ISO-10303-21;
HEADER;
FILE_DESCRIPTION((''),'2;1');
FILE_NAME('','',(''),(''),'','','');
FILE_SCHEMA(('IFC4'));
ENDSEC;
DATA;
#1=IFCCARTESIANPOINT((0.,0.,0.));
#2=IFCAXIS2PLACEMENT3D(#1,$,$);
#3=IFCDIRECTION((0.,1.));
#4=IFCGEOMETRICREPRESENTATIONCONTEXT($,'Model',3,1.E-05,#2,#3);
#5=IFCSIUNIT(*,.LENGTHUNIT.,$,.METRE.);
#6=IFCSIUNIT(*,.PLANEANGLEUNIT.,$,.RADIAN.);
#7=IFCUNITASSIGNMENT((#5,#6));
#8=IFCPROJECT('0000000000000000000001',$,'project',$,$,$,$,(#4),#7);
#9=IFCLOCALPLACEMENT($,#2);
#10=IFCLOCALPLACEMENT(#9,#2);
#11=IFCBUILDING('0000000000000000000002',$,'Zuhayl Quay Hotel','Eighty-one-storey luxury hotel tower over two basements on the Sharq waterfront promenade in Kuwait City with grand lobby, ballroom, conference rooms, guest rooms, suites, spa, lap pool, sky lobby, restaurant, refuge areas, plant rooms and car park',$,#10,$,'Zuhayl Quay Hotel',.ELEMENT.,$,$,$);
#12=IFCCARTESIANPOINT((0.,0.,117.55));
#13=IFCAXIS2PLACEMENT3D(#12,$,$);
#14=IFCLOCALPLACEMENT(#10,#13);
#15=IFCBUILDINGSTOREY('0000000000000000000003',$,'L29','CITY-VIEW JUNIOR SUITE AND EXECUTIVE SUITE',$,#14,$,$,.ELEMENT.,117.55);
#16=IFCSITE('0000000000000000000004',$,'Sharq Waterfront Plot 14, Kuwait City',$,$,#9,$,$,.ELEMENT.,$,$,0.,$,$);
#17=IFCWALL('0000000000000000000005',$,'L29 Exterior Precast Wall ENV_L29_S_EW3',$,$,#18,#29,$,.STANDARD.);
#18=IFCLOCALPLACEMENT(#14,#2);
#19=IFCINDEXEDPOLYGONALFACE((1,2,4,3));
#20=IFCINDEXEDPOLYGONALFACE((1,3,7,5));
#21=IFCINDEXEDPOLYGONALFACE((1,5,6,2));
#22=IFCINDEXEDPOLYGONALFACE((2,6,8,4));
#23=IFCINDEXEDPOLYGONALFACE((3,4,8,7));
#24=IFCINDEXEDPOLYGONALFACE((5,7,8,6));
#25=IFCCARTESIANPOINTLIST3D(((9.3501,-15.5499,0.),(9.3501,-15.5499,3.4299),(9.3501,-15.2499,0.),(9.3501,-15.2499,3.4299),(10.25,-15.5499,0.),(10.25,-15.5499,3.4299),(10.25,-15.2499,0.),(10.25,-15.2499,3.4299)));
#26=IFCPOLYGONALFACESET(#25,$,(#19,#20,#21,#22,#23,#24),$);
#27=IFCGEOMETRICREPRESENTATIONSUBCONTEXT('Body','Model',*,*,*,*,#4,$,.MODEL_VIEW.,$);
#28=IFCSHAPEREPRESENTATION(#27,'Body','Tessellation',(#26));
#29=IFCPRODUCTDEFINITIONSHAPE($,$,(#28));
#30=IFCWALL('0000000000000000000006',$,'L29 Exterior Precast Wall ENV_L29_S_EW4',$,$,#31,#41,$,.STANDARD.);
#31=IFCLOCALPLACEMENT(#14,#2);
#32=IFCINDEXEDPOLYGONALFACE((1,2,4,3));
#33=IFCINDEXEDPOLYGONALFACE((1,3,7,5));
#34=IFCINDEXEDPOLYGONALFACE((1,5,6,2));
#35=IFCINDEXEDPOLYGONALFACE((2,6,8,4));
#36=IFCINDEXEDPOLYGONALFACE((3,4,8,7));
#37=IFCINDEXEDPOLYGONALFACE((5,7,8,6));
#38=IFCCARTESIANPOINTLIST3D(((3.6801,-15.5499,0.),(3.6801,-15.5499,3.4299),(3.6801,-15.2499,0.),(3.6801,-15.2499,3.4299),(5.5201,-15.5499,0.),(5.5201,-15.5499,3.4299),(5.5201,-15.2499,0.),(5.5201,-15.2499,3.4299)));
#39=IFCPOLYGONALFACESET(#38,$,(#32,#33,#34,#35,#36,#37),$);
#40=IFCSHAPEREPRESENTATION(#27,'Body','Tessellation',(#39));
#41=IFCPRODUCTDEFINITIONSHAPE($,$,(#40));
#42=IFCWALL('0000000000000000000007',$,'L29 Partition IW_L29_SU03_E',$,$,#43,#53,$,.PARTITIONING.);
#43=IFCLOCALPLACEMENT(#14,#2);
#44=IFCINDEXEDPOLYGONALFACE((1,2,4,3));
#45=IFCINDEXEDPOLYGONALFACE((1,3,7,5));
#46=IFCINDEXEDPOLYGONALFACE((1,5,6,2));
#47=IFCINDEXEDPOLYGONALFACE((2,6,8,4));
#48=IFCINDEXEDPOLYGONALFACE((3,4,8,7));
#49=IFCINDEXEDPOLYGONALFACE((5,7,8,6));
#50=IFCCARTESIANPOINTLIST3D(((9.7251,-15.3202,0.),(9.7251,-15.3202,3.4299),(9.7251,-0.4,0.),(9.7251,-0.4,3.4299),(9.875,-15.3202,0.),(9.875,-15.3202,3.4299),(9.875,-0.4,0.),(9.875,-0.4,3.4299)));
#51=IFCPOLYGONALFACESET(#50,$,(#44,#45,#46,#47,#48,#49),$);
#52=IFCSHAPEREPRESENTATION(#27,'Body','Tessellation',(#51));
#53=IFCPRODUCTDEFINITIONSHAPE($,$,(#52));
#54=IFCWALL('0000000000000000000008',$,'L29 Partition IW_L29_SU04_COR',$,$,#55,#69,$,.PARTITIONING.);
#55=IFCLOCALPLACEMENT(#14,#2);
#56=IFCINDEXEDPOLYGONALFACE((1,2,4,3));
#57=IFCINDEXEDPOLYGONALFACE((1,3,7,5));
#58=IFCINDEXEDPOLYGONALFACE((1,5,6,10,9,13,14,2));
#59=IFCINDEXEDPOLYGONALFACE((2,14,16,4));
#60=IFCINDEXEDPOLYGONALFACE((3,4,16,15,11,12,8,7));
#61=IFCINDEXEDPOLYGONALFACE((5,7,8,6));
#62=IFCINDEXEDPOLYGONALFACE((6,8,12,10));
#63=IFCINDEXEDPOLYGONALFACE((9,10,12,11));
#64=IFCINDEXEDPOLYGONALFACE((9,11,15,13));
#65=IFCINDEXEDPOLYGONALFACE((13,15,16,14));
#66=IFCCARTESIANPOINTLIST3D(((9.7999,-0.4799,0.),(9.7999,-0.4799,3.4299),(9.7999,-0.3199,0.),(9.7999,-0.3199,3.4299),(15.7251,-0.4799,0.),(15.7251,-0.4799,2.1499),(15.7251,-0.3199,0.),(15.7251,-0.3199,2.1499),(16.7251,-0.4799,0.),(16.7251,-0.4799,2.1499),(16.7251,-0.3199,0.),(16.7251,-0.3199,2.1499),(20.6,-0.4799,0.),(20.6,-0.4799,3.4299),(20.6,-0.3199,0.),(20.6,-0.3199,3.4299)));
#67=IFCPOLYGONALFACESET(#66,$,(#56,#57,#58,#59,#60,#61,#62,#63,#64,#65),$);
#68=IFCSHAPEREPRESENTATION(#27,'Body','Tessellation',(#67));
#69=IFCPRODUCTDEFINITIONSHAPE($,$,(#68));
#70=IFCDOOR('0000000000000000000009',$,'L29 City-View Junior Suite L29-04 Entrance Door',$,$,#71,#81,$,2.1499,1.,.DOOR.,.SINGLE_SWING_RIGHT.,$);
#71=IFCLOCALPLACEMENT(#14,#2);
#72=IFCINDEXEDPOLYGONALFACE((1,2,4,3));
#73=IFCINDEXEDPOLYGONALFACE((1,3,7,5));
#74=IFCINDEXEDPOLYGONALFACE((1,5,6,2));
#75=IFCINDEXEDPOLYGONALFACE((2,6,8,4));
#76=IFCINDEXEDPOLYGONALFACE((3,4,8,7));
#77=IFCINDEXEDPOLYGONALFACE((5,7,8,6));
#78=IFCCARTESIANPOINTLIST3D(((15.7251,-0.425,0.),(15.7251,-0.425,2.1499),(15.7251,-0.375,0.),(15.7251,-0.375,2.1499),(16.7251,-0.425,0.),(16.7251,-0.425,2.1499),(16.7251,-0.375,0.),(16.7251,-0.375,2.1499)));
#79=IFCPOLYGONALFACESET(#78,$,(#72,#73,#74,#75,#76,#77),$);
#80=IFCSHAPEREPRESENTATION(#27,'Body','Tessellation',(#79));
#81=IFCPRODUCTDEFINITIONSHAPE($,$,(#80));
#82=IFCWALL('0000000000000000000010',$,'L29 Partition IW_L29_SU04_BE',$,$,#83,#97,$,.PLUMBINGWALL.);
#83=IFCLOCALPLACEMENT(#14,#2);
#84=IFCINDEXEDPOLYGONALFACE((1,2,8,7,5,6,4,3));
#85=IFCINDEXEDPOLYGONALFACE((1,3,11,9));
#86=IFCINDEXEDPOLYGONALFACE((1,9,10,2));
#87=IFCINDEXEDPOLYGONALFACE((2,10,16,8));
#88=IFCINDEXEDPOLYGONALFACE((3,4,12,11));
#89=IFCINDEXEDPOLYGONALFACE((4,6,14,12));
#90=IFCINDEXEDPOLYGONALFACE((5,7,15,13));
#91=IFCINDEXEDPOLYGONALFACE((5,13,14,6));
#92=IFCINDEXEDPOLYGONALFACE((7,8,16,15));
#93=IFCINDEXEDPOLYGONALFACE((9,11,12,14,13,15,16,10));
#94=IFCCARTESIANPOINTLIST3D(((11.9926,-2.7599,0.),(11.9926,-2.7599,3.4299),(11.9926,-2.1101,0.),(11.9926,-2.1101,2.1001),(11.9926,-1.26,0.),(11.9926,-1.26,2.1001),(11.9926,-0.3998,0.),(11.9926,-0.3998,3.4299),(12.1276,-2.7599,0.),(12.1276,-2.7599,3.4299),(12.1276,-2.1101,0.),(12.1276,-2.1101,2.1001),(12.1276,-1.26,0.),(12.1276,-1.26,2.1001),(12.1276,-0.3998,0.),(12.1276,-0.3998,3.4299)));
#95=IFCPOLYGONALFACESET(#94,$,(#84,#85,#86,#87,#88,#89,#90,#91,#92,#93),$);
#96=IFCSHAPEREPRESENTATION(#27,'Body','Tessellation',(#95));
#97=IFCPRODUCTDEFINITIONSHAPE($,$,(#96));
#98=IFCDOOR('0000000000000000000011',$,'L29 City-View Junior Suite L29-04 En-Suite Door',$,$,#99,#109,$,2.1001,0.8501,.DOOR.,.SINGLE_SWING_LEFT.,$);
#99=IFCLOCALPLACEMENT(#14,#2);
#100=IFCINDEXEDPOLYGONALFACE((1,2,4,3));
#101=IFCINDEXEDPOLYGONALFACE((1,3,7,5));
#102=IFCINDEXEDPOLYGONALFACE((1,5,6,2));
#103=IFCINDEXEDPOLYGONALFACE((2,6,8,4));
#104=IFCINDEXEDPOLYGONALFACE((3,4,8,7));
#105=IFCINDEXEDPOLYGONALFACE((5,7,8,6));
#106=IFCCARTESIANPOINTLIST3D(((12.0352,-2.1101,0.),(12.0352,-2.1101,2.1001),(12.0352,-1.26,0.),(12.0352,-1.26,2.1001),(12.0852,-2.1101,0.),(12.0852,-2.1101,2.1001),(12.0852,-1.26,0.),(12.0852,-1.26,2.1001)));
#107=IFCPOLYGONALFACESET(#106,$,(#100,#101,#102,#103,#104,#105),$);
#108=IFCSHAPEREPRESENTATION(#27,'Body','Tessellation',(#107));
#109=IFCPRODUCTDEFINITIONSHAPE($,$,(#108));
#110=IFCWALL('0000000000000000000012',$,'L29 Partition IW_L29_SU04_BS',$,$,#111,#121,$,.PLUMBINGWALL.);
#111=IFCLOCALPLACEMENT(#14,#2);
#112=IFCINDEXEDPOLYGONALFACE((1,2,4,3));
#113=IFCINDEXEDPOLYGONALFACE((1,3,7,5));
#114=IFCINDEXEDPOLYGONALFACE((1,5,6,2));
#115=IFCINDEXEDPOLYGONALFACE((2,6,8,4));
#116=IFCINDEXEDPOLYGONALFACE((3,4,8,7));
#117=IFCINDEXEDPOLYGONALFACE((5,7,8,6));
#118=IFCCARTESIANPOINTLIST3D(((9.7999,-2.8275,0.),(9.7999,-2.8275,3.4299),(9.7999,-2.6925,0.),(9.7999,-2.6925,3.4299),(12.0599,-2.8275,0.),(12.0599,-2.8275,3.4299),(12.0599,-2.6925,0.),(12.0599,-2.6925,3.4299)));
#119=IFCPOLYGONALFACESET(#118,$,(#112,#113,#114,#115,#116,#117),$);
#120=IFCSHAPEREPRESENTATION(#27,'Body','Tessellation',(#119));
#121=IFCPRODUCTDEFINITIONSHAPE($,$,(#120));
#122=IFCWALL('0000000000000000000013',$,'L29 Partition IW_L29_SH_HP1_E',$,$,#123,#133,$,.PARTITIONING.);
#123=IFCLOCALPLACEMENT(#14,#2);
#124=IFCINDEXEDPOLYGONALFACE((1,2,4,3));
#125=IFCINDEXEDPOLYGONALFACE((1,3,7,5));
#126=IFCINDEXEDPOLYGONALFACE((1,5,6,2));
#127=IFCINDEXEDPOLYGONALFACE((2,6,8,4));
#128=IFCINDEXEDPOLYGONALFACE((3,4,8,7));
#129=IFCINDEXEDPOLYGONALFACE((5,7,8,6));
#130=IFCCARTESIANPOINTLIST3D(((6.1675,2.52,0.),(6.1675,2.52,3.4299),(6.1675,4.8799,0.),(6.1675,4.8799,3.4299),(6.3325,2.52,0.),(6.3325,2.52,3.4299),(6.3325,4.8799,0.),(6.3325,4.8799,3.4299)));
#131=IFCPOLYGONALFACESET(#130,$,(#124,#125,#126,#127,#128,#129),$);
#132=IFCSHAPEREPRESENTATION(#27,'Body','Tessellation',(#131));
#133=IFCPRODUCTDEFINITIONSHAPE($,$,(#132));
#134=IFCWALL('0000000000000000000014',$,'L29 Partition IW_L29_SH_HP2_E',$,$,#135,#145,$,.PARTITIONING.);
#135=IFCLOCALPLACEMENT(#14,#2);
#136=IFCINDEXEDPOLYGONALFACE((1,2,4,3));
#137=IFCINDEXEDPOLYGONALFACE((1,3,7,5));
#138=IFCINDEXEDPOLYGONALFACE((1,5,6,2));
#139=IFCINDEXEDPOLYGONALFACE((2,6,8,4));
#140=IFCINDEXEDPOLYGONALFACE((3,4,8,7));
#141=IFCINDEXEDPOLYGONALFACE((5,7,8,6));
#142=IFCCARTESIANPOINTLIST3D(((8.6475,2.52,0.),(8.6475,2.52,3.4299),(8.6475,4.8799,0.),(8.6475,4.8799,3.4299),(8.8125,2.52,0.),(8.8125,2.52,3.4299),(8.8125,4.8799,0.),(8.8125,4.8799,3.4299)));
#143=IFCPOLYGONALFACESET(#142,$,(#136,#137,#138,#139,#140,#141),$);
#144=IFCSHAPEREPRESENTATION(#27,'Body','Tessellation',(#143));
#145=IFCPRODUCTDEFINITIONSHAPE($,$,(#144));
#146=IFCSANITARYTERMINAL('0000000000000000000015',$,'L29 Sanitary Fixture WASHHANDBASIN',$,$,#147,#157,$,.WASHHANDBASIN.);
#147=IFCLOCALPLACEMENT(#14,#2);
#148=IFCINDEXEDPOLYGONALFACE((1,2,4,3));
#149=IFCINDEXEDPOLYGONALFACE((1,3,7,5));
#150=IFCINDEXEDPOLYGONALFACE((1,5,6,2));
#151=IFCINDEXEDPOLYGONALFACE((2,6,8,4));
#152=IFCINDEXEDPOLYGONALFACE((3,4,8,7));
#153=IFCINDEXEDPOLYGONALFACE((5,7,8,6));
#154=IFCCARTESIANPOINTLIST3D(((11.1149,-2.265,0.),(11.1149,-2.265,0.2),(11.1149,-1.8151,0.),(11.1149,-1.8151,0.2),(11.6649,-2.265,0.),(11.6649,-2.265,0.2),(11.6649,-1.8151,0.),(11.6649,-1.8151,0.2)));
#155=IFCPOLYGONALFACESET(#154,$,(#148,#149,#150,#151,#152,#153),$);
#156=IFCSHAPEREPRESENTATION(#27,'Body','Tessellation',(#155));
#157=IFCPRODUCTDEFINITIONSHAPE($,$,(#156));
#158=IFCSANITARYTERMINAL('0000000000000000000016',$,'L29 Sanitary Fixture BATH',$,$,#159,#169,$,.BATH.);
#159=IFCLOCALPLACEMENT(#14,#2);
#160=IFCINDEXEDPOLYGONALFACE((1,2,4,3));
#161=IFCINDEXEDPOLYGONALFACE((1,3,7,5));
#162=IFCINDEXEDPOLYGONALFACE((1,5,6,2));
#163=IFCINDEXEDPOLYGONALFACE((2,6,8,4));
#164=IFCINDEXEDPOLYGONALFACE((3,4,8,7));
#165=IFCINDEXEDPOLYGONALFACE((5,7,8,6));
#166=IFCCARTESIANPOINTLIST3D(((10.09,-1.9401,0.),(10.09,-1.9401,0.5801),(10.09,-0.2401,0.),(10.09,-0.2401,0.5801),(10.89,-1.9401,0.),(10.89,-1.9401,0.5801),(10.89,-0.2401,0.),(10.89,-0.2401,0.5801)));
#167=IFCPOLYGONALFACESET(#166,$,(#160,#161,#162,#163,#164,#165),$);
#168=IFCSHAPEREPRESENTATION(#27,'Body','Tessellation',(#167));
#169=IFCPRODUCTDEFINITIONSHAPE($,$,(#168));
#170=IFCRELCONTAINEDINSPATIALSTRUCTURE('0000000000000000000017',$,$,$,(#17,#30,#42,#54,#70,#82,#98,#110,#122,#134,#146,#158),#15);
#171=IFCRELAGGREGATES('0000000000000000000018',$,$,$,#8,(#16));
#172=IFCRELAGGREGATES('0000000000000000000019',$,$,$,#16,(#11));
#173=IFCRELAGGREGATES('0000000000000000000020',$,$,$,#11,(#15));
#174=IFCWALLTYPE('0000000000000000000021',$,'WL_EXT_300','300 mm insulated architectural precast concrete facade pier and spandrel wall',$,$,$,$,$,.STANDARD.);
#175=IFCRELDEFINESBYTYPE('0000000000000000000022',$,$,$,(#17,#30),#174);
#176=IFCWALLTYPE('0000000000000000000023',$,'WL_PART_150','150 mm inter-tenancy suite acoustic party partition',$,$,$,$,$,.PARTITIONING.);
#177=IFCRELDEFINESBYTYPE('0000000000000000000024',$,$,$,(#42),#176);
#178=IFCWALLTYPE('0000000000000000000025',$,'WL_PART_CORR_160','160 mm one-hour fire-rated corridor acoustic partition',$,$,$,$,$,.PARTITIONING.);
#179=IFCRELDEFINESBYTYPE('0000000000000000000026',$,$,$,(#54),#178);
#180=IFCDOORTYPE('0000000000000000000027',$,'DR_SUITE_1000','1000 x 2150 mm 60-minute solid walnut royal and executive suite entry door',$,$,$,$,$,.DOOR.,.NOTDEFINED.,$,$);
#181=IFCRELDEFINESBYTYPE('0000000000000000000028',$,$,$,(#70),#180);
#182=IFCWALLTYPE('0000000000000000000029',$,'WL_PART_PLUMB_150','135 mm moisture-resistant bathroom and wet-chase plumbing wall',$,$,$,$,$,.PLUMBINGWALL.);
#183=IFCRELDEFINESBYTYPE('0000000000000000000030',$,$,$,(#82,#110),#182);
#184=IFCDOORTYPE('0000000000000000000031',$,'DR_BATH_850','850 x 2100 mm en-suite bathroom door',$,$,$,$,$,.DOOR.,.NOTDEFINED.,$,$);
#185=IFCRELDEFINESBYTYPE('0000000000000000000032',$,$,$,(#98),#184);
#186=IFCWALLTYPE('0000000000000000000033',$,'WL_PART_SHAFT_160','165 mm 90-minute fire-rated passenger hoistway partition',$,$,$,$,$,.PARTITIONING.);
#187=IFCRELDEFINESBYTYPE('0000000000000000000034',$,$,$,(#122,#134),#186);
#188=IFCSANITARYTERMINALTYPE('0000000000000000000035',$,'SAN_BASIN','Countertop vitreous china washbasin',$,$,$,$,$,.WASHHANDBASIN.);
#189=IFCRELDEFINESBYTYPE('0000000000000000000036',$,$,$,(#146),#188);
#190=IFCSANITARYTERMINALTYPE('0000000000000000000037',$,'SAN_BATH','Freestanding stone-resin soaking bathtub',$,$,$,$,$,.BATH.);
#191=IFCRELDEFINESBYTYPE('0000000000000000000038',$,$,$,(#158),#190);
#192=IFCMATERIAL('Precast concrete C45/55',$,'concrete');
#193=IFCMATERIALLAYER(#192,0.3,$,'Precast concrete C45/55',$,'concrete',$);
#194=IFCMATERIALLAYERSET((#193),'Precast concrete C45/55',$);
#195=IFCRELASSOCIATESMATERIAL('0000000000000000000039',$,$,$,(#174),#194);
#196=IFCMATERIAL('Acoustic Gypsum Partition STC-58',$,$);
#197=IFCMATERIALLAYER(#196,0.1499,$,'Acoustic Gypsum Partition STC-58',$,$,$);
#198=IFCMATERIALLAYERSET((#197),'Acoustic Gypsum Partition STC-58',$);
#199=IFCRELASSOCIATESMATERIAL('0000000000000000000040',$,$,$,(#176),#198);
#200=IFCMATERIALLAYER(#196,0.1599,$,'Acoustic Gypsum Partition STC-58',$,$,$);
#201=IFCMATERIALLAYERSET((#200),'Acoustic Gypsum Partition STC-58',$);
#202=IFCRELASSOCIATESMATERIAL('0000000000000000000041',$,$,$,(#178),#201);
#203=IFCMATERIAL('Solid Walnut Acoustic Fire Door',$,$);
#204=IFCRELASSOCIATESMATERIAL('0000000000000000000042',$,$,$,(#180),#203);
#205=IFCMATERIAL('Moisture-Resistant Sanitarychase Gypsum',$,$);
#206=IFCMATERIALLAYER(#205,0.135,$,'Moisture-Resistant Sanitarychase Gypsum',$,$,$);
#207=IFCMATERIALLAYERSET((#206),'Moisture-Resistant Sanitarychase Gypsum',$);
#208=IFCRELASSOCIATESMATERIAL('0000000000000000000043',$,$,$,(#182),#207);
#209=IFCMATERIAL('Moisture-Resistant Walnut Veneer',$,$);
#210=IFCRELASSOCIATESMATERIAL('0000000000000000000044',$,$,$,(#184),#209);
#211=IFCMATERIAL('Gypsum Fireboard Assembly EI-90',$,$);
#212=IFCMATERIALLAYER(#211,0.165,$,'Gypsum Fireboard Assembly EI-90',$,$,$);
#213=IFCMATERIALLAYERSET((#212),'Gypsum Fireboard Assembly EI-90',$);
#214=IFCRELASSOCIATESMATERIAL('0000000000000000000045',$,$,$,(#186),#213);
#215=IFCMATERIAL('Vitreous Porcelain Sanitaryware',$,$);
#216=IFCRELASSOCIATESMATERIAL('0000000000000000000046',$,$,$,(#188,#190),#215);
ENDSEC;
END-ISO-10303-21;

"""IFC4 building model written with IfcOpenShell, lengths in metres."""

from ifc_helpers import new_model, si_unit, direction, frame, frame_2d, origin, origin_2d, place, context, subcontext, project, spatial, rectangle, extrude, material, layer, layer_set, type_object, element, fill, save


model = new_model("IFC4")

# Units and contexts
model_context = context("Model", 3, precision=1e-05, world=origin(), true_north=direction((0.0, 1.0)))
body_context = subcontext(model_context, "Body", "Model", "MODEL_VIEW")
ifc_project = project(units=[si_unit("LENGTHUNIT", "METRE"), si_unit("PLANEANGLEUNIT", "RADIAN")], contexts=[model_context])

# Site, building, storey
site_placement = place(None, origin())
site = spatial("IfcSite", under=ifc_project, at=site_placement, Name="Sharq Waterfront Plot 14, Kuwait City", CompositionType="ELEMENT", RefElevation=0.0)
building_placement = place(site_placement, origin())
building = spatial("IfcBuilding", under=site, at=building_placement, Name="Zuhayl Quay Hotel", Description="Eighty-one-storey luxury hotel tower over two basements on the Sharq waterfront promenade in Kuwait City with grand lobby, ballroom, conference rooms, guest rooms, suites, spa, lap pool, sky lobby, restaurant, refuge areas, plant rooms and car park", LongName="Zuhayl Quay Hotel", CompositionType="ELEMENT")
storey_placement = place(building_placement, frame((0.0, 0.0, 117.55)))
storey = spatial("IfcBuildingStorey", under=building, at=storey_placement, Name="L29", Description="CITY-VIEW JUNIOR SUITE AND EXECUTIVE SUITE", CompositionType="ELEMENT", Elevation=117.55)

# Walls
ifc_material_1 = material(Name="Precast concrete C45/55", Category="concrete")
ifc_layer_1 = layer(ifc_material_1, 0.3, Name="Precast concrete C45/55", Category="concrete")
ifc_layer_set_1 = layer_set([ifc_layer_1], Name="Precast concrete C45/55")
wall_type_1 = type_object("IfcWallType", Name="WL_EXT_300", Description="300 mm insulated architectural precast concrete facade pier and spandrel wall", PredefinedType="STANDARD", material=ifc_layer_set_1)
wall_1_placement = place(storey_placement, frame((10.25, -15.3999, 0.0), z_axis=(0.0, 0.0, 1.0), x_axis=(-1.0, 0.0, 0.0)))
element("IfcWall", 1, at=wall_1_placement, inside=storey, type_object=wall_type_1, Name="L29 Exterior Precast Wall ENV_L29_S_EW3", PredefinedType="STANDARD", context=body_context, shape_type="SweptSolid", body=[
    extrude(rectangle(XDim=0.8999, YDim=0.3, at=frame_2d((0.45, 0.0))), origin(), (0.0, 0.0, 1.0), 3.4299),
])
wall_2_placement = place(storey_placement, frame((5.52, -15.3999, 0.0), z_axis=(0.0, 0.0, 1.0), x_axis=(-1.0, 0.0, 0.0)))
element("IfcWall", 2, at=wall_2_placement, inside=storey, type_object=wall_type_1, Name="L29 Exterior Precast Wall ENV_L29_S_EW4", PredefinedType="STANDARD", context=body_context, shape_type="SweptSolid", body=[
    extrude(rectangle(XDim=1.8401, YDim=0.3, at=frame_2d((0.9199, 0.0))), origin(), (0.0, 0.0, 1.0), 3.4299),
])
ifc_material_2 = material(Name="Acoustic Gypsum Partition STC-58")
ifc_layer_2 = layer(ifc_material_2, 0.1499, Name="Acoustic Gypsum Partition STC-58")
ifc_layer_set_2 = layer_set([ifc_layer_2], Name="Acoustic Gypsum Partition STC-58")
wall_type_2 = type_object("IfcWallType", Name="WL_PART_150", Description="150 mm inter-tenancy suite acoustic party partition", PredefinedType="PARTITIONING", material=ifc_layer_set_2)
wall_3_placement = place(storey_placement, frame((9.8, -15.3201, 0.0), z_axis=(0.0, 0.0, 1.0), x_axis=(0.0, 1.0, 0.0)))
element("IfcWall", 3, at=wall_3_placement, inside=storey, type_object=wall_type_2, Name="L29 Partition IW_L29_SU03_E", PredefinedType="PARTITIONING", context=body_context, shape_type="SweptSolid", body=[
    extrude(rectangle(XDim=14.9202, YDim=0.1499, at=frame_2d((7.46, 0.0))), origin(), (0.0, 0.0, 1.0), 3.4299),
])

# Walls, openings, doors
ifc_layer_3 = layer(ifc_material_2, 0.1599, Name="Acoustic Gypsum Partition STC-58")
ifc_layer_set_3 = layer_set([ifc_layer_3], Name="Acoustic Gypsum Partition STC-58")
wall_type_3 = type_object("IfcWallType", Name="WL_PART_CORR_160", Description="160 mm one-hour fire-rated corridor acoustic partition", PredefinedType="PARTITIONING", material=ifc_layer_set_3)
wall_4_placement = place(storey_placement, frame((9.8, -0.3999, 0.0), z_axis=(0.0, 0.0, 1.0), x_axis=(1.0, 0.0, 0.0)))
wall_4 = element("IfcWall", 4, at=wall_4_placement, inside=storey, type_object=wall_type_3, Name="L29 Partition IW_L29_SU04_COR", PredefinedType="PARTITIONING", context=body_context, shape_type="SweptSolid", body=[
    extrude(rectangle(XDim=10.8, YDim=0.1599, at=frame_2d((5.3999, 0.0))), origin(), (0.0, 0.0, 1.0), 3.4299),
])
opening_1_placement = place(wall_4_placement, frame((5.925, 0.0, 0.0)))
opening_1 = element("IfcOpeningElement", 5, at=opening_1_placement, cuts=wall_4, PredefinedType="OPENING", context=body_context, shape_type="SweptSolid", body=[
    extrude(rectangle(XDim=1.0, YDim=2.1499, at=frame_2d((0.5, 1.075))), frame((0.0, 0.0898, 0.0), z_axis=(0.0, -1.0, 0.0), x_axis=(1.0, 0.0, 0.0)), (0.0, 0.0, 1.0), 0.1799),
])
ifc_material_3 = material(Name="Solid Walnut Acoustic Fire Door")
door_type_1 = type_object("IfcDoorType", Name="DR_SUITE_1000", Description="1000 x 2150 mm 60-minute solid walnut royal and executive suite entry door", OperationType="NOTDEFINED", PredefinedType="DOOR", material=ifc_material_3)
door_1_placement = place(opening_1_placement, origin())
door_1 = element("IfcDoor", 6, at=door_1_placement, inside=storey, type_object=door_type_1, Name="L29 City-View Junior Suite L29-04 Entrance Door", OperationType="SINGLE_SWING_RIGHT", OverallHeight=2.1499, OverallWidth=1.0, PredefinedType="DOOR", context=body_context, shape_type="SweptSolid", body=[
    extrude(rectangle(XDim=1.0, YDim=2.1499, at=frame_2d((0.5, 1.075))), frame((0.0, 0.0249, 0.0), z_axis=(0.0, -1.0, 0.0), x_axis=(1.0, 0.0, 0.0)), (0.0, 0.0, 1.0), 0.05),
])
fill(opening_1, door_1)
ifc_material_4 = material(Name="Moisture-Resistant Sanitarychase Gypsum")
ifc_layer_4 = layer(ifc_material_4, 0.135, Name="Moisture-Resistant Sanitarychase Gypsum")
ifc_layer_set_4 = layer_set([ifc_layer_4], Name="Moisture-Resistant Sanitarychase Gypsum")
wall_type_4 = type_object("IfcWallType", Name="WL_PART_PLUMB_150", Description="135 mm moisture-resistant bathroom and wet-chase plumbing wall", PredefinedType="PLUMBINGWALL", material=ifc_layer_set_4)
wall_5_placement = place(storey_placement, frame((12.0601, -2.76, 0.0), z_axis=(0.0, 0.0, 1.0), x_axis=(0.0, 1.0, 0.0)))
wall_5 = element("IfcWall", 7, at=wall_5_placement, inside=storey, type_object=wall_type_4, Name="L29 Partition IW_L29_SU04_BE", PredefinedType="PLUMBINGWALL", context=body_context, shape_type="SweptSolid", body=[
    extrude(rectangle(XDim=2.3601, YDim=0.135, at=frame_2d((1.1802, 0.0))), origin(), (0.0, 0.0, 1.0), 3.4299),
])
opening_2_placement = place(wall_5_placement, frame((0.6499, 0.0, 0.0)))
opening_2 = element("IfcOpeningElement", 8, at=opening_2_placement, cuts=wall_5, PredefinedType="OPENING", context=body_context, shape_type="SweptSolid", body=[
    extrude(rectangle(XDim=0.8501, YDim=2.1001, at=frame_2d((0.425, 1.05))), frame((0.0, 0.0774, 0.0), z_axis=(0.0, -1.0, 0.0), x_axis=(1.0, 0.0, 0.0)), (0.0, 0.0, 1.0), 0.155),
])
ifc_material_5 = material(Name="Moisture-Resistant Walnut Veneer")
door_type_2 = type_object("IfcDoorType", Name="DR_BATH_850", Description="850 x 2100 mm en-suite bathroom door", OperationType="NOTDEFINED", PredefinedType="DOOR", material=ifc_material_5)
door_2_placement = place(opening_2_placement, origin())
door_2 = element("IfcDoor", 9, at=door_2_placement, inside=storey, type_object=door_type_2, Name="L29 City-View Junior Suite L29-04 En-Suite Door", OperationType="SINGLE_SWING_LEFT", OverallHeight=2.1001, OverallWidth=0.8501, PredefinedType="DOOR", context=body_context, shape_type="SweptSolid", body=[
    extrude(rectangle(XDim=0.8501, YDim=2.1001, at=frame_2d((0.425, 1.05))), frame((0.0, 0.0249, 0.0), z_axis=(0.0, -1.0, 0.0), x_axis=(1.0, 0.0, 0.0)), (0.0, 0.0, 1.0), 0.05),
])
fill(opening_2, door_2)

# Walls
wall_6_placement = place(storey_placement, frame((9.8, -2.76, 0.0), z_axis=(0.0, 0.0, 1.0), x_axis=(1.0, 0.0, 0.0)))
element("IfcWall", 10, at=wall_6_placement, inside=storey, type_object=wall_type_4, Name="L29 Partition IW_L29_SU04_BS", PredefinedType="PLUMBINGWALL", context=body_context, shape_type="SweptSolid", body=[
    extrude(rectangle(XDim=2.26, YDim=0.135, at=frame_2d((1.1299, 0.0))), origin(), (0.0, 0.0, 1.0), 3.4299),
])
ifc_material_6 = material(Name="Gypsum Fireboard Assembly EI-90")
ifc_layer_5 = layer(ifc_material_6, 0.165, Name="Gypsum Fireboard Assembly EI-90")
ifc_layer_set_5 = layer_set([ifc_layer_5], Name="Gypsum Fireboard Assembly EI-90")
wall_type_5 = type_object("IfcWallType", Name="WL_PART_SHAFT_160", Description="165 mm 90-minute fire-rated passenger hoistway partition", PredefinedType="PARTITIONING", material=ifc_layer_set_5)
for number, where, z_axis, x_axis, name in (
    (11, (6.25, 2.52, 0.0), (0.0, 0.0, 1.0), (0.0, 1.0, 0.0), "L29 Partition IW_L29_SH_HP1_E"),
    (12, (8.73, 2.52, 0.0), (0.0, 0.0, 1.0), (0.0, 1.0, 0.0), "L29 Partition IW_L29_SH_HP2_E"),
):
    element("IfcWall", number, at=place(storey_placement, frame(where, z_axis=z_axis, x_axis=x_axis)), inside=storey, type_object=wall_type_5, Name=name, PredefinedType="PARTITIONING", context=body_context, shape_type="SweptSolid", body=[
        extrude(rectangle(XDim=2.3599, YDim=0.165, at=frame_2d((1.1799, 0.0))), origin(), (0.0, 0.0, 1.0), 3.4299),
    ])

# Sanitary terminals
ifc_material_7 = material(Name="Vitreous Porcelain Sanitaryware")
sanitary_terminal_type_1 = type_object("IfcSanitaryTerminalType", Name="SAN_BASIN", Description="Countertop vitreous china washbasin", PredefinedType="WASHHANDBASIN", material=ifc_material_7)
sanitary_terminal_1_placement = place(storey_placement, frame((11.3899, -2.04, 0.0), z_axis=(0.0, 0.0, 1.0), x_axis=(1.0, 0.0, 0.0)))
element("IfcSanitaryTerminal", 13, at=sanitary_terminal_1_placement, inside=storey, type_object=sanitary_terminal_type_1, Name="L29 Sanitary Fixture WASHHANDBASIN", PredefinedType="WASHHANDBASIN", context=body_context, shape_type="SweptSolid", body=[
    extrude(rectangle(XDim=0.55, YDim=0.45, at=origin_2d()), origin(), (0.0, 0.0, 1.0), 0.2),
])
sanitary_terminal_type_2 = type_object("IfcSanitaryTerminalType", Name="SAN_BATH", Description="Freestanding stone-resin soaking bathtub", PredefinedType="BATH", material=ifc_material_7)
sanitary_terminal_2_placement = place(storey_placement, frame((10.49, -1.0901, 0.0), z_axis=(0.0, 0.0, 1.0), x_axis=(1.0, 0.0, 0.0)))
element("IfcSanitaryTerminal", 14, at=sanitary_terminal_2_placement, inside=storey, type_object=sanitary_terminal_type_2, Name="L29 Sanitary Fixture BATH", PredefinedType="BATH", context=body_context, shape_type="SweptSolid", body=[
    extrude(rectangle(XDim=0.8, YDim=1.7, at=origin_2d()), origin(), (0.0, 0.0, 1.0), 0.5801),
])

save(model, "model.ifc")
